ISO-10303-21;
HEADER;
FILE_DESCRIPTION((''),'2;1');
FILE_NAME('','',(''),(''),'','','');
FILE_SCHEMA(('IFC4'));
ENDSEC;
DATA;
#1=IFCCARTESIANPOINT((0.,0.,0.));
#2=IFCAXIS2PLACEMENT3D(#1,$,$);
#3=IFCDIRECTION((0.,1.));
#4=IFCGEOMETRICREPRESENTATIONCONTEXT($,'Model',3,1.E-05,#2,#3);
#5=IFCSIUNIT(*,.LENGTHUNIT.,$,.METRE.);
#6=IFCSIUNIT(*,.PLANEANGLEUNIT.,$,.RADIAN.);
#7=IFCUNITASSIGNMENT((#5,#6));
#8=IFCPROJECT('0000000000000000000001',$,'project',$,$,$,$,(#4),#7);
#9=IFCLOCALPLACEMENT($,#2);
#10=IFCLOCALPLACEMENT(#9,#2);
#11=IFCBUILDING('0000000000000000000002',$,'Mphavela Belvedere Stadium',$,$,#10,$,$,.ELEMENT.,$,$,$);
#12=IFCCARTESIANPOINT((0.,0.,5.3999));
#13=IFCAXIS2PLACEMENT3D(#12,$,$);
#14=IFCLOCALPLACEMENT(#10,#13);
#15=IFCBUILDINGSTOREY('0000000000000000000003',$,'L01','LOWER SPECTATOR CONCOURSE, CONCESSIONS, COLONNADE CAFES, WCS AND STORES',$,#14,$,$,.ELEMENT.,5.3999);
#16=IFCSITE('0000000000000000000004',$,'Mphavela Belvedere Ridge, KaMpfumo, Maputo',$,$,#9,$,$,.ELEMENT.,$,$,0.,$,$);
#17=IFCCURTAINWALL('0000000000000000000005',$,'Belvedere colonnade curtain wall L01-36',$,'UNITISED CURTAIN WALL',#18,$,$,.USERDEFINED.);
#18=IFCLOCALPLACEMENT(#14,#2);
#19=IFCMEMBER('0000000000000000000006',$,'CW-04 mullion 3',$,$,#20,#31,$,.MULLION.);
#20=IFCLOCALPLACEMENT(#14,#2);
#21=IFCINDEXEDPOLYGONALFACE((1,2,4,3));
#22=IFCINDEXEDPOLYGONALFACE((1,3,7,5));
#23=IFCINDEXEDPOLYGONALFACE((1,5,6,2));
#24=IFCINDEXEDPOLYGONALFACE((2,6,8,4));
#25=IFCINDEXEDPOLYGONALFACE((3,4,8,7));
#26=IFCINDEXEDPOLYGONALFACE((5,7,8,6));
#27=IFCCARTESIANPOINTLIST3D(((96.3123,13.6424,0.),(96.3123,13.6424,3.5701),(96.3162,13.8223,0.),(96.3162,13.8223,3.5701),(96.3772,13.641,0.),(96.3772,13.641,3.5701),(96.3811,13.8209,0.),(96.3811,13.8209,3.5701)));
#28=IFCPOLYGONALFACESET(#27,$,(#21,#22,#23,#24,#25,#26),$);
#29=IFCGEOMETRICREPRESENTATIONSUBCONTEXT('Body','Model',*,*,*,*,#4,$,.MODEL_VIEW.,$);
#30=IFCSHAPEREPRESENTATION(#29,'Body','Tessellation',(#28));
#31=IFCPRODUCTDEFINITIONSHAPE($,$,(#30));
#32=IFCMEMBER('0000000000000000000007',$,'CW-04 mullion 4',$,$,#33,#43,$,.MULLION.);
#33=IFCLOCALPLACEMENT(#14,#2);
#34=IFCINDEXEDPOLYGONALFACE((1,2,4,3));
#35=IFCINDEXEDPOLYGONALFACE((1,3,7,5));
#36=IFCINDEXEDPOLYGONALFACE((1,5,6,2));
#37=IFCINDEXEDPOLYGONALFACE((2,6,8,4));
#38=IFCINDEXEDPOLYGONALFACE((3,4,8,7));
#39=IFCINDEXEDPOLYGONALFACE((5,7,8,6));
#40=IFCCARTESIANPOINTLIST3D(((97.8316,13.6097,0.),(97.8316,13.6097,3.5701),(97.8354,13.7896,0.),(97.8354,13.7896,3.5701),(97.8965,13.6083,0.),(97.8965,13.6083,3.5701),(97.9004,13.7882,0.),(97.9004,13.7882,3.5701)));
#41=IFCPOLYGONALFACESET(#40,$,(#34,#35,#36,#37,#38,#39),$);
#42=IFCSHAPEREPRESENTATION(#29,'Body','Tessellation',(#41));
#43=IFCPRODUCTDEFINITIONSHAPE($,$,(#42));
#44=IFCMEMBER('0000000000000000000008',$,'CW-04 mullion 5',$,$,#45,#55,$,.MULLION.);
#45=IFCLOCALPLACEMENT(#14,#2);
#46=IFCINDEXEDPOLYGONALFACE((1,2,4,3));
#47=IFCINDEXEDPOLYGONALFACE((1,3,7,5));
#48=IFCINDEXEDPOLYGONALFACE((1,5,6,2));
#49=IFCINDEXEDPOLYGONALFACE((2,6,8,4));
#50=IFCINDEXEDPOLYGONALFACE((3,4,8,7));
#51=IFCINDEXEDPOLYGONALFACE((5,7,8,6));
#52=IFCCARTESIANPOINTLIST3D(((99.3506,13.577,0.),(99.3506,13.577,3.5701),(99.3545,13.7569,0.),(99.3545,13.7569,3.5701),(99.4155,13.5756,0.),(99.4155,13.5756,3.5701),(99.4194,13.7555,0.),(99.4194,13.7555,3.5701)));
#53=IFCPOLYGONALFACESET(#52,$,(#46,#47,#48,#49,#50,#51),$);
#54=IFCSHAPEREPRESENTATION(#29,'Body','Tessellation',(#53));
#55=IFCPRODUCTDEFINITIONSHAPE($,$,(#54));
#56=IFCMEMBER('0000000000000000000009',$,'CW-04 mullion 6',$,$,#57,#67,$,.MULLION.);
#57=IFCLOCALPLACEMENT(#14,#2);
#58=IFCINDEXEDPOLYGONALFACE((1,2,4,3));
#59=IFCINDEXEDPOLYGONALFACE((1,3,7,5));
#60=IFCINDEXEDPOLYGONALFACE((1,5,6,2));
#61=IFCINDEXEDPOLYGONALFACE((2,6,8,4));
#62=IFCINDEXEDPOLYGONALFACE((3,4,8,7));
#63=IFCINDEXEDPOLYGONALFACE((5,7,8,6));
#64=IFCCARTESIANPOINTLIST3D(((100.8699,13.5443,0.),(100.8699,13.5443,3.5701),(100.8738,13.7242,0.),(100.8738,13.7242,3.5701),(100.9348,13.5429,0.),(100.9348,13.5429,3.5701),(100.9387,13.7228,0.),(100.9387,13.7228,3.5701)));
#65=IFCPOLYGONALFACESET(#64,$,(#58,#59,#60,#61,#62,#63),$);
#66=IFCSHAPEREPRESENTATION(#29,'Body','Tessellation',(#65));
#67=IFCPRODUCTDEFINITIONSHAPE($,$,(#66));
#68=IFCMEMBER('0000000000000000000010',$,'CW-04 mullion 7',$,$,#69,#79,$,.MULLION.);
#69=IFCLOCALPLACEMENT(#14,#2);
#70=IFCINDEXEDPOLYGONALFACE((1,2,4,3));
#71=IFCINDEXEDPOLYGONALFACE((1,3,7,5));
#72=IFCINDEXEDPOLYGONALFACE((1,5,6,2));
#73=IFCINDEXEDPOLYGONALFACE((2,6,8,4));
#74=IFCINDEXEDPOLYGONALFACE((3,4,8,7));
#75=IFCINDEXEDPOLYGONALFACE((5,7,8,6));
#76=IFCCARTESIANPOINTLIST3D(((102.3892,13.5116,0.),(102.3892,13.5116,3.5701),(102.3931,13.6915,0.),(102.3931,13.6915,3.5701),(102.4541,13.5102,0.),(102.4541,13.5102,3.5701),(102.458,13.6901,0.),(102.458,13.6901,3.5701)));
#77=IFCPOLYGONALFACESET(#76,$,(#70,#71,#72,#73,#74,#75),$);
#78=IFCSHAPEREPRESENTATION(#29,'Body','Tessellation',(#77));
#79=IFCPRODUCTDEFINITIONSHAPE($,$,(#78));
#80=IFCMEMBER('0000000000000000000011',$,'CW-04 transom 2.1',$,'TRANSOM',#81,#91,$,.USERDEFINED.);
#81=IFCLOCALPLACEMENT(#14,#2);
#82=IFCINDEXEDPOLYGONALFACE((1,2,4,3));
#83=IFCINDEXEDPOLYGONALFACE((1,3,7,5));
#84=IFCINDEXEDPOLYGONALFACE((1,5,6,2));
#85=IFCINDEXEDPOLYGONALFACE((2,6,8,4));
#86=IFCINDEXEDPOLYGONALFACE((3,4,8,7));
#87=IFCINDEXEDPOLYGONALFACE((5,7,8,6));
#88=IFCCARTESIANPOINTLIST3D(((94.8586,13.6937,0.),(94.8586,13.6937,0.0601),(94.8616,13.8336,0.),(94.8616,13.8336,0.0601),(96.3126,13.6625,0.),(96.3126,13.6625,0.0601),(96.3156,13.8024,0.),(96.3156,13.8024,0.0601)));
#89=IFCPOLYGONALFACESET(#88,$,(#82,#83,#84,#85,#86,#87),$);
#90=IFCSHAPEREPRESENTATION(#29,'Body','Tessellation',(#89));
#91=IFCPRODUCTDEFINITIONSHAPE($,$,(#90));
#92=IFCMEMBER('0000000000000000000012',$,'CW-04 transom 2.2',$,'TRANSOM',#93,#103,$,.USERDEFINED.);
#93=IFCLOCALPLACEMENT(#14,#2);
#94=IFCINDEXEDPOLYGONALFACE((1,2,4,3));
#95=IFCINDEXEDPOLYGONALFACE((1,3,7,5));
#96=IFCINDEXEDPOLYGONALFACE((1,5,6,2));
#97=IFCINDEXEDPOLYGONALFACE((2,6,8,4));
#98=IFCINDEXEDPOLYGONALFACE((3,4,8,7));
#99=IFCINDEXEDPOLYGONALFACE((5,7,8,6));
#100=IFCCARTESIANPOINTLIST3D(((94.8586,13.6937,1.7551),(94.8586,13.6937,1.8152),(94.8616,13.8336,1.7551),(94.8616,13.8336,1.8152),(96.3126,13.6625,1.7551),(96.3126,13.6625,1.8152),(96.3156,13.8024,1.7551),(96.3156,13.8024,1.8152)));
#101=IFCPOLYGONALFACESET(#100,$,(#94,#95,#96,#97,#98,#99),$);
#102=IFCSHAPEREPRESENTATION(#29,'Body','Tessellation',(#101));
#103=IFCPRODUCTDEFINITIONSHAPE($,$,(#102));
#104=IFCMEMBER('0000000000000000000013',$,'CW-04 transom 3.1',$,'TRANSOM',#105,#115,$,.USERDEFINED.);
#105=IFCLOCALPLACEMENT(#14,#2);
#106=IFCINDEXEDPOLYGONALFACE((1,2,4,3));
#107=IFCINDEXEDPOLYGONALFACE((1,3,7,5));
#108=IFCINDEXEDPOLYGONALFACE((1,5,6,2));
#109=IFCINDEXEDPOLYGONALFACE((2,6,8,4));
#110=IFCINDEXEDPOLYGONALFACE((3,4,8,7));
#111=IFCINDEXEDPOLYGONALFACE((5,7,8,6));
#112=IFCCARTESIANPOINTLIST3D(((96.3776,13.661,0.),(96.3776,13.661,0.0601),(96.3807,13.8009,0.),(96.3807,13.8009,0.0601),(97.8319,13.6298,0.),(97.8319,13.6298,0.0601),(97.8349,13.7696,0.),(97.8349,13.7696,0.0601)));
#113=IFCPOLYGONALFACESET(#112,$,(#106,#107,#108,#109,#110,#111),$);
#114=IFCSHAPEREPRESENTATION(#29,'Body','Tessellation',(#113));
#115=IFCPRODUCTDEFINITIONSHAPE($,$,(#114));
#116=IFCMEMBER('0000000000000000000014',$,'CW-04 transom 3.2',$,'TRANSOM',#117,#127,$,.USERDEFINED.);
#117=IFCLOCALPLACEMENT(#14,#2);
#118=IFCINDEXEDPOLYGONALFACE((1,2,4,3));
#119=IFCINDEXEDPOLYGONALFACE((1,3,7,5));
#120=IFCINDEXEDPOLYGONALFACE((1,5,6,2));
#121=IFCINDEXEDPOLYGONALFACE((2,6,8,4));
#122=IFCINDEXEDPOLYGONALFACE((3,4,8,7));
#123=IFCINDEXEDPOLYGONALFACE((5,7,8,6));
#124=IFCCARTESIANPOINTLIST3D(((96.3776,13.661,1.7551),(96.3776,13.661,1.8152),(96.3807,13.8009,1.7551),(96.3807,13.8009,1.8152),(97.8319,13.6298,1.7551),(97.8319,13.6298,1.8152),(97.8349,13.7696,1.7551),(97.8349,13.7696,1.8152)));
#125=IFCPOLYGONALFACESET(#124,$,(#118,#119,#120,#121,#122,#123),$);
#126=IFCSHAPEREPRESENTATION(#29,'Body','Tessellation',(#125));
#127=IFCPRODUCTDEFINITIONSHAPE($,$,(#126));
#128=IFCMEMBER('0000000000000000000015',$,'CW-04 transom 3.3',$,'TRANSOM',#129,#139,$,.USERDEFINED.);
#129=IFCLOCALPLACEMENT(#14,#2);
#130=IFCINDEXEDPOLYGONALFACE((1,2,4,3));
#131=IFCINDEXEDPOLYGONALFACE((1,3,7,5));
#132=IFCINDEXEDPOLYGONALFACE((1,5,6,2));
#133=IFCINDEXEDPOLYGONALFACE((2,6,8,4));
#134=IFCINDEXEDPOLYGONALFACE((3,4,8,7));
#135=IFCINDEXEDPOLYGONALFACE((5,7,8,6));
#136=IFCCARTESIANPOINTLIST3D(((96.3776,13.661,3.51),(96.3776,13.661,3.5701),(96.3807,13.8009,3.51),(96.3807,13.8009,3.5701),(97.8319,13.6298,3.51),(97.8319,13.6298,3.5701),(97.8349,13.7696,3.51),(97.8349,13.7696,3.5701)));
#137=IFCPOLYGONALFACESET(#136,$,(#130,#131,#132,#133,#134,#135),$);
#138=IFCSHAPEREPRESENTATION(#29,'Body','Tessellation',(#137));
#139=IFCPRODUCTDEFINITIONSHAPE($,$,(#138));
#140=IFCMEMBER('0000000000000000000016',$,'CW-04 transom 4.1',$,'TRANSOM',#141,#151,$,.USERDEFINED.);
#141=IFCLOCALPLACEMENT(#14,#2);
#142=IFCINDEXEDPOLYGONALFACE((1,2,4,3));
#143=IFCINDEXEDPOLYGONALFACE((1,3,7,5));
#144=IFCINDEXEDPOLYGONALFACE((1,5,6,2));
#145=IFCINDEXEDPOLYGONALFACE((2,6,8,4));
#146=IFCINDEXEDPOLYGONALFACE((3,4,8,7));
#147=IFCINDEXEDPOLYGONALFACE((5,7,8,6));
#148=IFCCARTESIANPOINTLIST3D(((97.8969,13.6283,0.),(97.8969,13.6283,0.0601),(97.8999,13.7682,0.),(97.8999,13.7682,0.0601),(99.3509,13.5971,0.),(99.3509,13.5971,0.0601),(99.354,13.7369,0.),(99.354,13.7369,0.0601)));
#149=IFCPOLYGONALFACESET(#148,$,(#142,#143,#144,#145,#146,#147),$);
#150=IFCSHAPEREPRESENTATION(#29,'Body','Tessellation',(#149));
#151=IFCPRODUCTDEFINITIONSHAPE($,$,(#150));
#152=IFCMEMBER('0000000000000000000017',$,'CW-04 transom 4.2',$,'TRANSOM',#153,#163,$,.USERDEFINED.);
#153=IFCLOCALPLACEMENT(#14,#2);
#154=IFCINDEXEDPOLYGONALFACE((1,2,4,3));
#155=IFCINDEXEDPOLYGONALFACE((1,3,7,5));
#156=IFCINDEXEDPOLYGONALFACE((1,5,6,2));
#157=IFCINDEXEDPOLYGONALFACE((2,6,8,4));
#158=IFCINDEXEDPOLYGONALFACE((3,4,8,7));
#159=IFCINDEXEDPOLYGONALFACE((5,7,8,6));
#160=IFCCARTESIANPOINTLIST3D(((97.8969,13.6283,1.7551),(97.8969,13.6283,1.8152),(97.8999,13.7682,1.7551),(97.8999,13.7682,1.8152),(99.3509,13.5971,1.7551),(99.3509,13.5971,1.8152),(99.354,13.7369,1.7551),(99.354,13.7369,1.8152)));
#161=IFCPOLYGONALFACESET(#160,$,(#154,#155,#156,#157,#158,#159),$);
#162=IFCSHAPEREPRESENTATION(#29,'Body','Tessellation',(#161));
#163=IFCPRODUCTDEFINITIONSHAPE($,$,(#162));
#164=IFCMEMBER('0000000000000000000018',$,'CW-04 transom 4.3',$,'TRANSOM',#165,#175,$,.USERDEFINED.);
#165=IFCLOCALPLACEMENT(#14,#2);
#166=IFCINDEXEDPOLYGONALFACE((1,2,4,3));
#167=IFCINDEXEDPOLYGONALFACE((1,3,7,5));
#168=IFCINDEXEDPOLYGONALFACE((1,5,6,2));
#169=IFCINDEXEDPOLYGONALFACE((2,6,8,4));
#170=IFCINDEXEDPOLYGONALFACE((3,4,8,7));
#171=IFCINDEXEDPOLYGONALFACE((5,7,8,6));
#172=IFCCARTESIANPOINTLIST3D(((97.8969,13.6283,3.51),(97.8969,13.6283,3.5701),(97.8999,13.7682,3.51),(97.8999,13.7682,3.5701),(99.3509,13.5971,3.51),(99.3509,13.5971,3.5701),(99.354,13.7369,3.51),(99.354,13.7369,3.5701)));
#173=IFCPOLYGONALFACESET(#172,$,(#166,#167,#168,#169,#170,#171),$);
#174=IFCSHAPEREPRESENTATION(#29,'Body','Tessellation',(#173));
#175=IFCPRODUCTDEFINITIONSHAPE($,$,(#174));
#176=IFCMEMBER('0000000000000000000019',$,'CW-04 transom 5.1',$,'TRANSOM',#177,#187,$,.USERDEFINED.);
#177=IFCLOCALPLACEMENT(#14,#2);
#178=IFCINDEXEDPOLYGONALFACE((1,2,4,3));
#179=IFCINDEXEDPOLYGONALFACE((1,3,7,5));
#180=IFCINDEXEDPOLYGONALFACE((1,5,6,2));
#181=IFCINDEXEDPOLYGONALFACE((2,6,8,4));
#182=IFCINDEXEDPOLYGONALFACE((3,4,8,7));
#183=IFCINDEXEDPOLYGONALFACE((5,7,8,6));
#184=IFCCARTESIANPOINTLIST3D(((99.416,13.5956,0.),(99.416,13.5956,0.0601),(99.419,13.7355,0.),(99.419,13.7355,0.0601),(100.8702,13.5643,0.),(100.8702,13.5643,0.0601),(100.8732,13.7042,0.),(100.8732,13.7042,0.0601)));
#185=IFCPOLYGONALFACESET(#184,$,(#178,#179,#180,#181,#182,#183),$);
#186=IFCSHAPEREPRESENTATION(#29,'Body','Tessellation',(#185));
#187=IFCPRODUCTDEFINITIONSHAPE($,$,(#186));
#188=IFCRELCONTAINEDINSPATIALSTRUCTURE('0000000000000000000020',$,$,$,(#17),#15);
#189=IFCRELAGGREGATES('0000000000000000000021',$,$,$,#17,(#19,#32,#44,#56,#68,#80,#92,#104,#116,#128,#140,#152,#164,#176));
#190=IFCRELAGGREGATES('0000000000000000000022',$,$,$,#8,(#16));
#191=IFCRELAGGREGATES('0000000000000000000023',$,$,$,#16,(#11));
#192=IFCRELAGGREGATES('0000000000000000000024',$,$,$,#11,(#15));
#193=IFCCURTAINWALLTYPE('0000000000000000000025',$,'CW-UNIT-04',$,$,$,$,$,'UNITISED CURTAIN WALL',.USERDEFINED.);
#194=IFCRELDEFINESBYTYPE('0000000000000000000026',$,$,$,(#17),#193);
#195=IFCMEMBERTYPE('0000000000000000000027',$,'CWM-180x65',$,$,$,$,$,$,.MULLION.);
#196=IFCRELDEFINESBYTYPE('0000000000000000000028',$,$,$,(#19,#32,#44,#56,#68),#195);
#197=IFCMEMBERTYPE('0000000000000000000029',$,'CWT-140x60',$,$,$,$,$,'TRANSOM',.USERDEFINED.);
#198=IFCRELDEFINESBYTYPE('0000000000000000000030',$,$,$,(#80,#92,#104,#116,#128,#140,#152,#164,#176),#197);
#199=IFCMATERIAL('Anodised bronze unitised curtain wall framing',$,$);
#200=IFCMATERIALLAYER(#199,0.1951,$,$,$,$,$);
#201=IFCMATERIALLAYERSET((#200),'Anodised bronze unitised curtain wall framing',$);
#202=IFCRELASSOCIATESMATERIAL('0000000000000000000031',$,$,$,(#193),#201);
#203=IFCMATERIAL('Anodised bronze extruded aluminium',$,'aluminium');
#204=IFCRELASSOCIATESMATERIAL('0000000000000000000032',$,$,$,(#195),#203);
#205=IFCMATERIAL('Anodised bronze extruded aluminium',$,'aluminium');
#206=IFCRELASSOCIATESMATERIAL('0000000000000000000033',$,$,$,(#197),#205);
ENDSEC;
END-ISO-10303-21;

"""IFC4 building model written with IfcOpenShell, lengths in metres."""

from ifc_helpers import new_model, si_unit, direction, frame, origin, origin_2d, place, context, subcontext, project, spatial, rectangle, extrude, material, layer, layer_set, material_profile, profile_set, type_object, element, aggregate, save


model = new_model("IFC4")

# Units and contexts
model_context = context("Model", 3, precision=1e-05, world=origin(), true_north=direction((0.0, 1.0)))
body_context = subcontext(model_context, "Body", "Model", "MODEL_VIEW")
ifc_project = project(units=[si_unit("LENGTHUNIT", "METRE"), si_unit("PLANEANGLEUNIT", "RADIAN")], contexts=[model_context])

# Site, building, storey
site_placement = place(None, origin())
site = spatial("IfcSite", under=ifc_project, at=site_placement, Name="Mphavela Belvedere Ridge, KaMpfumo, Maputo", CompositionType="ELEMENT", RefElevation=0.0)
building_placement = place(site_placement, origin())
building = spatial("IfcBuilding", under=site, at=building_placement, Name="Mphavela Belvedere Stadium", CompositionType="ELEMENT")
storey_placement = place(building_placement, frame((0.0, 0.0, 5.3999)))
storey = spatial("IfcBuildingStorey", under=building, at=storey_placement, Name="L01", Description="LOWER SPECTATOR CONCOURSE, CONCESSIONS, COLONNADE CAFES, WCS AND STORES", CompositionType="ELEMENT", Elevation=5.3999)

# Curtain wall, members
ifc_material_1 = material(Name="Anodised bronze unitised curtain wall framing")
ifc_layer_1 = layer(ifc_material_1, 0.1951)
ifc_layer_set_1 = layer_set([ifc_layer_1], Name="Anodised bronze unitised curtain wall framing")
curtain_wall_type = type_object("IfcCurtainWallType", Name="CW-UNIT-04", ElementType="UNITISED CURTAIN WALL", PredefinedType="USERDEFINED", material=ifc_layer_set_1)
curtain_wall_placement = place(storey_placement, origin())
curtain_wall = element("IfcCurtainWall", 1, at=curtain_wall_placement, inside=storey, type_object=curtain_wall_type, Name="Belvedere colonnade curtain wall L01-36", ObjectType="UNITISED CURTAIN WALL", PredefinedType="USERDEFINED")
ifc_material_2 = material(Name="Anodised bronze extruded aluminium", Category="aluminium")
ifc_material_profile_1 = material_profile(ifc_material_2, rectangle(XDim=0.1799, YDim=0.0649, at=origin_2d()), Name="CW-MUL 180x65")
ifc_profile_set_1 = profile_set([ifc_material_profile_1], Name="Anodised bronze extruded aluminium")
member_type_1 = type_object("IfcMemberType", Name="CWM-180x65", PredefinedType="MULLION", material=ifc_profile_set_1)
member_1_placement = place(storey_placement, frame((96.3467, 13.7317, 0.0), z_axis=(0.0, 0.0, 1.0), x_axis=(0.021529, 0.999768, 0.0)))
member_1 = element("IfcMember", 2, at=member_1_placement, type_object=member_type_1, Name="CW-04 mullion 3", PredefinedType="MULLION", context=body_context, shape_type="SweptSolid", body=[
    extrude(rectangle(XDim=0.1799, YDim=0.0649, at=origin_2d()), origin(), (0.0, 0.0, 1.0), 3.5701),
])
member_2_placement = place(storey_placement, frame((97.866, 13.699, 0.0), z_axis=(0.0, 0.0, 1.0), x_axis=(0.021529, 0.999768, 0.0)))
member_2 = element("IfcMember", 3, at=member_2_placement, type_object=member_type_1, Name="CW-04 mullion 4", PredefinedType="MULLION", context=body_context, shape_type="SweptSolid", body=[
    extrude(rectangle(XDim=0.1799, YDim=0.0649, at=origin_2d()), origin(), (0.0, 0.0, 1.0), 3.5701),
])
member_3_placement = place(storey_placement, frame((99.385, 13.6663, 0.0), z_axis=(0.0, 0.0, 1.0), x_axis=(0.021529, 0.999768, 0.0)))
member_3 = element("IfcMember", 4, at=member_3_placement, type_object=member_type_1, Name="CW-04 mullion 5", PredefinedType="MULLION", context=body_context, shape_type="SweptSolid", body=[
    extrude(rectangle(XDim=0.1799, YDim=0.0649, at=origin_2d()), origin(), (0.0, 0.0, 1.0), 3.5701),
])
member_4_placement = place(storey_placement, frame((100.9043, 13.6335, 0.0), z_axis=(0.0, 0.0, 1.0), x_axis=(0.021529, 0.999768, 0.0)))
member_4 = element("IfcMember", 5, at=member_4_placement, type_object=member_type_1, Name="CW-04 mullion 6", PredefinedType="MULLION", context=body_context, shape_type="SweptSolid", body=[
    extrude(rectangle(XDim=0.1799, YDim=0.0649, at=origin_2d()), origin(), (0.0, 0.0, 1.0), 3.5701),
])
member_5_placement = place(storey_placement, frame((102.4236, 13.6008, 0.0), z_axis=(0.0, 0.0, 1.0), x_axis=(0.021529, 0.999768, 0.0)))
member_5 = element("IfcMember", 6, at=member_5_placement, type_object=member_type_1, Name="CW-04 mullion 7", PredefinedType="MULLION", context=body_context, shape_type="SweptSolid", body=[
    extrude(rectangle(XDim=0.1799, YDim=0.0649, at=origin_2d()), origin(), (0.0, 0.0, 1.0), 3.5701),
])
ifc_material_3 = material(Name="Anodised bronze extruded aluminium", Category="aluminium")
ifc_material_profile_2 = material_profile(ifc_material_3, rectangle(XDim=0.1399, YDim=0.0601, at=origin_2d()), Name="CW-TRN 140x60")
ifc_profile_set_2 = profile_set([ifc_material_profile_2], Name="Anodised bronze extruded aluminium")
member_type_2 = type_object("IfcMemberType", Name="CWT-140x60", ElementType="TRANSOM", PredefinedType="USERDEFINED", material=ifc_profile_set_2)
member_6_placement = place(storey_placement, frame((94.8601, 13.7637, 0.03), z_axis=(0.999769, -0.021486, 0.0), x_axis=(0.021486, 0.999769, 0.0)))
member_6 = element("IfcMember", 7, at=member_6_placement, type_object=member_type_2, Name="CW-04 transom 2.1", ObjectType="TRANSOM", PredefinedType="USERDEFINED", context=body_context, shape_type="SweptSolid", body=[
    extrude(rectangle(XDim=0.1399, YDim=0.0601, at=origin_2d()), origin(), (0.0, 0.0, 1.0), 1.4543),
])
member_7_placement = place(storey_placement, frame((94.8601, 13.7637, 1.7852), z_axis=(0.999769, -0.021486, 0.0), x_axis=(0.021486, 0.999769, 0.0)))
member_7 = element("IfcMember", 8, at=member_7_placement, type_object=member_type_2, Name="CW-04 transom 2.2", ObjectType="TRANSOM", PredefinedType="USERDEFINED", context=body_context, shape_type="SweptSolid", body=[
    extrude(rectangle(XDim=0.1399, YDim=0.0601, at=origin_2d()), origin(), (0.0, 0.0, 1.0), 1.4543),
])
member_8_placement = place(storey_placement, frame((96.3792, 13.731, 0.03), z_axis=(0.999769, -0.021482, 0.0), x_axis=(0.021482, 0.999769, 0.0)))
member_8 = element("IfcMember", 9, at=member_8_placement, type_object=member_type_2, Name="CW-04 transom 3.1", ObjectType="TRANSOM", PredefinedType="USERDEFINED", context=body_context, shape_type="SweptSolid", body=[
    extrude(rectangle(XDim=0.1399, YDim=0.0601, at=origin_2d()), origin(), (0.0, 0.0, 1.0), 1.4546),
])
member_9_placement = place(storey_placement, frame((96.3792, 13.731, 1.7852), z_axis=(0.999769, -0.021482, 0.0), x_axis=(0.021482, 0.999769, 0.0)))
member_9 = element("IfcMember", 10, at=member_9_placement, type_object=member_type_2, Name="CW-04 transom 3.2", ObjectType="TRANSOM", PredefinedType="USERDEFINED", context=body_context, shape_type="SweptSolid", body=[
    extrude(rectangle(XDim=0.1399, YDim=0.0601, at=origin_2d()), origin(), (0.0, 0.0, 1.0), 1.4546),
])
member_10_placement = place(storey_placement, frame((96.3792, 13.731, 3.54), z_axis=(0.999769, -0.021482, 0.0), x_axis=(0.021482, 0.999769, 0.0)))
member_10 = element("IfcMember", 11, at=member_10_placement, type_object=member_type_2, Name="CW-04 transom 3.3", ObjectType="TRANSOM", PredefinedType="USERDEFINED", context=body_context, shape_type="SweptSolid", body=[
    extrude(rectangle(XDim=0.1399, YDim=0.0601, at=origin_2d()), origin(), (0.0, 0.0, 1.0), 1.4546),
])
member_11_placement = place(storey_placement, frame((97.8984, 13.6982, 0.03), z_axis=(0.999769, -0.021486, 0.0), x_axis=(0.021486, 0.999769, 0.0)))
member_11 = element("IfcMember", 12, at=member_11_placement, type_object=member_type_2, Name="CW-04 transom 4.1", ObjectType="TRANSOM", PredefinedType="USERDEFINED", context=body_context, shape_type="SweptSolid", body=[
    extrude(rectangle(XDim=0.1399, YDim=0.0601, at=origin_2d()), origin(), (0.0, 0.0, 1.0), 1.4543),
])
member_12_placement = place(storey_placement, frame((97.8984, 13.6982, 1.7852), z_axis=(0.999769, -0.021486, 0.0), x_axis=(0.021486, 0.999769, 0.0)))
member_12 = element("IfcMember", 13, at=member_12_placement, type_object=member_type_2, Name="CW-04 transom 4.2", ObjectType="TRANSOM", PredefinedType="USERDEFINED", context=body_context, shape_type="SweptSolid", body=[
    extrude(rectangle(XDim=0.1399, YDim=0.0601, at=origin_2d()), origin(), (0.0, 0.0, 1.0), 1.4543),
])
member_13_placement = place(storey_placement, frame((97.8984, 13.6982, 3.54), z_axis=(0.999769, -0.021486, 0.0), x_axis=(0.021486, 0.999769, 0.0)))
member_13 = element("IfcMember", 14, at=member_13_placement, type_object=member_type_2, Name="CW-04 transom 4.3", ObjectType="TRANSOM", PredefinedType="USERDEFINED", context=body_context, shape_type="SweptSolid", body=[
    extrude(rectangle(XDim=0.1399, YDim=0.0601, at=origin_2d()), origin(), (0.0, 0.0, 1.0), 1.4543),
])
member_14_placement = place(storey_placement, frame((99.4175, 13.6655, 0.03), z_axis=(0.999769, -0.021482, 0.0), x_axis=(0.021482, 0.999769, 0.0)))
member_14 = element("IfcMember", 15, at=member_14_placement, type_object=member_type_2, Name="CW-04 transom 5.1", ObjectType="TRANSOM", PredefinedType="USERDEFINED", context=body_context, shape_type="SweptSolid", body=[
    extrude(rectangle(XDim=0.1399, YDim=0.0601, at=origin_2d()), origin(), (0.0, 0.0, 1.0), 1.4546),
])
aggregate(curtain_wall, [member_1, member_2, member_3, member_4, member_5, member_6, member_7, member_8, member_9, member_10, member_11, member_12, member_13, member_14])

save(model, "model.ifc")
